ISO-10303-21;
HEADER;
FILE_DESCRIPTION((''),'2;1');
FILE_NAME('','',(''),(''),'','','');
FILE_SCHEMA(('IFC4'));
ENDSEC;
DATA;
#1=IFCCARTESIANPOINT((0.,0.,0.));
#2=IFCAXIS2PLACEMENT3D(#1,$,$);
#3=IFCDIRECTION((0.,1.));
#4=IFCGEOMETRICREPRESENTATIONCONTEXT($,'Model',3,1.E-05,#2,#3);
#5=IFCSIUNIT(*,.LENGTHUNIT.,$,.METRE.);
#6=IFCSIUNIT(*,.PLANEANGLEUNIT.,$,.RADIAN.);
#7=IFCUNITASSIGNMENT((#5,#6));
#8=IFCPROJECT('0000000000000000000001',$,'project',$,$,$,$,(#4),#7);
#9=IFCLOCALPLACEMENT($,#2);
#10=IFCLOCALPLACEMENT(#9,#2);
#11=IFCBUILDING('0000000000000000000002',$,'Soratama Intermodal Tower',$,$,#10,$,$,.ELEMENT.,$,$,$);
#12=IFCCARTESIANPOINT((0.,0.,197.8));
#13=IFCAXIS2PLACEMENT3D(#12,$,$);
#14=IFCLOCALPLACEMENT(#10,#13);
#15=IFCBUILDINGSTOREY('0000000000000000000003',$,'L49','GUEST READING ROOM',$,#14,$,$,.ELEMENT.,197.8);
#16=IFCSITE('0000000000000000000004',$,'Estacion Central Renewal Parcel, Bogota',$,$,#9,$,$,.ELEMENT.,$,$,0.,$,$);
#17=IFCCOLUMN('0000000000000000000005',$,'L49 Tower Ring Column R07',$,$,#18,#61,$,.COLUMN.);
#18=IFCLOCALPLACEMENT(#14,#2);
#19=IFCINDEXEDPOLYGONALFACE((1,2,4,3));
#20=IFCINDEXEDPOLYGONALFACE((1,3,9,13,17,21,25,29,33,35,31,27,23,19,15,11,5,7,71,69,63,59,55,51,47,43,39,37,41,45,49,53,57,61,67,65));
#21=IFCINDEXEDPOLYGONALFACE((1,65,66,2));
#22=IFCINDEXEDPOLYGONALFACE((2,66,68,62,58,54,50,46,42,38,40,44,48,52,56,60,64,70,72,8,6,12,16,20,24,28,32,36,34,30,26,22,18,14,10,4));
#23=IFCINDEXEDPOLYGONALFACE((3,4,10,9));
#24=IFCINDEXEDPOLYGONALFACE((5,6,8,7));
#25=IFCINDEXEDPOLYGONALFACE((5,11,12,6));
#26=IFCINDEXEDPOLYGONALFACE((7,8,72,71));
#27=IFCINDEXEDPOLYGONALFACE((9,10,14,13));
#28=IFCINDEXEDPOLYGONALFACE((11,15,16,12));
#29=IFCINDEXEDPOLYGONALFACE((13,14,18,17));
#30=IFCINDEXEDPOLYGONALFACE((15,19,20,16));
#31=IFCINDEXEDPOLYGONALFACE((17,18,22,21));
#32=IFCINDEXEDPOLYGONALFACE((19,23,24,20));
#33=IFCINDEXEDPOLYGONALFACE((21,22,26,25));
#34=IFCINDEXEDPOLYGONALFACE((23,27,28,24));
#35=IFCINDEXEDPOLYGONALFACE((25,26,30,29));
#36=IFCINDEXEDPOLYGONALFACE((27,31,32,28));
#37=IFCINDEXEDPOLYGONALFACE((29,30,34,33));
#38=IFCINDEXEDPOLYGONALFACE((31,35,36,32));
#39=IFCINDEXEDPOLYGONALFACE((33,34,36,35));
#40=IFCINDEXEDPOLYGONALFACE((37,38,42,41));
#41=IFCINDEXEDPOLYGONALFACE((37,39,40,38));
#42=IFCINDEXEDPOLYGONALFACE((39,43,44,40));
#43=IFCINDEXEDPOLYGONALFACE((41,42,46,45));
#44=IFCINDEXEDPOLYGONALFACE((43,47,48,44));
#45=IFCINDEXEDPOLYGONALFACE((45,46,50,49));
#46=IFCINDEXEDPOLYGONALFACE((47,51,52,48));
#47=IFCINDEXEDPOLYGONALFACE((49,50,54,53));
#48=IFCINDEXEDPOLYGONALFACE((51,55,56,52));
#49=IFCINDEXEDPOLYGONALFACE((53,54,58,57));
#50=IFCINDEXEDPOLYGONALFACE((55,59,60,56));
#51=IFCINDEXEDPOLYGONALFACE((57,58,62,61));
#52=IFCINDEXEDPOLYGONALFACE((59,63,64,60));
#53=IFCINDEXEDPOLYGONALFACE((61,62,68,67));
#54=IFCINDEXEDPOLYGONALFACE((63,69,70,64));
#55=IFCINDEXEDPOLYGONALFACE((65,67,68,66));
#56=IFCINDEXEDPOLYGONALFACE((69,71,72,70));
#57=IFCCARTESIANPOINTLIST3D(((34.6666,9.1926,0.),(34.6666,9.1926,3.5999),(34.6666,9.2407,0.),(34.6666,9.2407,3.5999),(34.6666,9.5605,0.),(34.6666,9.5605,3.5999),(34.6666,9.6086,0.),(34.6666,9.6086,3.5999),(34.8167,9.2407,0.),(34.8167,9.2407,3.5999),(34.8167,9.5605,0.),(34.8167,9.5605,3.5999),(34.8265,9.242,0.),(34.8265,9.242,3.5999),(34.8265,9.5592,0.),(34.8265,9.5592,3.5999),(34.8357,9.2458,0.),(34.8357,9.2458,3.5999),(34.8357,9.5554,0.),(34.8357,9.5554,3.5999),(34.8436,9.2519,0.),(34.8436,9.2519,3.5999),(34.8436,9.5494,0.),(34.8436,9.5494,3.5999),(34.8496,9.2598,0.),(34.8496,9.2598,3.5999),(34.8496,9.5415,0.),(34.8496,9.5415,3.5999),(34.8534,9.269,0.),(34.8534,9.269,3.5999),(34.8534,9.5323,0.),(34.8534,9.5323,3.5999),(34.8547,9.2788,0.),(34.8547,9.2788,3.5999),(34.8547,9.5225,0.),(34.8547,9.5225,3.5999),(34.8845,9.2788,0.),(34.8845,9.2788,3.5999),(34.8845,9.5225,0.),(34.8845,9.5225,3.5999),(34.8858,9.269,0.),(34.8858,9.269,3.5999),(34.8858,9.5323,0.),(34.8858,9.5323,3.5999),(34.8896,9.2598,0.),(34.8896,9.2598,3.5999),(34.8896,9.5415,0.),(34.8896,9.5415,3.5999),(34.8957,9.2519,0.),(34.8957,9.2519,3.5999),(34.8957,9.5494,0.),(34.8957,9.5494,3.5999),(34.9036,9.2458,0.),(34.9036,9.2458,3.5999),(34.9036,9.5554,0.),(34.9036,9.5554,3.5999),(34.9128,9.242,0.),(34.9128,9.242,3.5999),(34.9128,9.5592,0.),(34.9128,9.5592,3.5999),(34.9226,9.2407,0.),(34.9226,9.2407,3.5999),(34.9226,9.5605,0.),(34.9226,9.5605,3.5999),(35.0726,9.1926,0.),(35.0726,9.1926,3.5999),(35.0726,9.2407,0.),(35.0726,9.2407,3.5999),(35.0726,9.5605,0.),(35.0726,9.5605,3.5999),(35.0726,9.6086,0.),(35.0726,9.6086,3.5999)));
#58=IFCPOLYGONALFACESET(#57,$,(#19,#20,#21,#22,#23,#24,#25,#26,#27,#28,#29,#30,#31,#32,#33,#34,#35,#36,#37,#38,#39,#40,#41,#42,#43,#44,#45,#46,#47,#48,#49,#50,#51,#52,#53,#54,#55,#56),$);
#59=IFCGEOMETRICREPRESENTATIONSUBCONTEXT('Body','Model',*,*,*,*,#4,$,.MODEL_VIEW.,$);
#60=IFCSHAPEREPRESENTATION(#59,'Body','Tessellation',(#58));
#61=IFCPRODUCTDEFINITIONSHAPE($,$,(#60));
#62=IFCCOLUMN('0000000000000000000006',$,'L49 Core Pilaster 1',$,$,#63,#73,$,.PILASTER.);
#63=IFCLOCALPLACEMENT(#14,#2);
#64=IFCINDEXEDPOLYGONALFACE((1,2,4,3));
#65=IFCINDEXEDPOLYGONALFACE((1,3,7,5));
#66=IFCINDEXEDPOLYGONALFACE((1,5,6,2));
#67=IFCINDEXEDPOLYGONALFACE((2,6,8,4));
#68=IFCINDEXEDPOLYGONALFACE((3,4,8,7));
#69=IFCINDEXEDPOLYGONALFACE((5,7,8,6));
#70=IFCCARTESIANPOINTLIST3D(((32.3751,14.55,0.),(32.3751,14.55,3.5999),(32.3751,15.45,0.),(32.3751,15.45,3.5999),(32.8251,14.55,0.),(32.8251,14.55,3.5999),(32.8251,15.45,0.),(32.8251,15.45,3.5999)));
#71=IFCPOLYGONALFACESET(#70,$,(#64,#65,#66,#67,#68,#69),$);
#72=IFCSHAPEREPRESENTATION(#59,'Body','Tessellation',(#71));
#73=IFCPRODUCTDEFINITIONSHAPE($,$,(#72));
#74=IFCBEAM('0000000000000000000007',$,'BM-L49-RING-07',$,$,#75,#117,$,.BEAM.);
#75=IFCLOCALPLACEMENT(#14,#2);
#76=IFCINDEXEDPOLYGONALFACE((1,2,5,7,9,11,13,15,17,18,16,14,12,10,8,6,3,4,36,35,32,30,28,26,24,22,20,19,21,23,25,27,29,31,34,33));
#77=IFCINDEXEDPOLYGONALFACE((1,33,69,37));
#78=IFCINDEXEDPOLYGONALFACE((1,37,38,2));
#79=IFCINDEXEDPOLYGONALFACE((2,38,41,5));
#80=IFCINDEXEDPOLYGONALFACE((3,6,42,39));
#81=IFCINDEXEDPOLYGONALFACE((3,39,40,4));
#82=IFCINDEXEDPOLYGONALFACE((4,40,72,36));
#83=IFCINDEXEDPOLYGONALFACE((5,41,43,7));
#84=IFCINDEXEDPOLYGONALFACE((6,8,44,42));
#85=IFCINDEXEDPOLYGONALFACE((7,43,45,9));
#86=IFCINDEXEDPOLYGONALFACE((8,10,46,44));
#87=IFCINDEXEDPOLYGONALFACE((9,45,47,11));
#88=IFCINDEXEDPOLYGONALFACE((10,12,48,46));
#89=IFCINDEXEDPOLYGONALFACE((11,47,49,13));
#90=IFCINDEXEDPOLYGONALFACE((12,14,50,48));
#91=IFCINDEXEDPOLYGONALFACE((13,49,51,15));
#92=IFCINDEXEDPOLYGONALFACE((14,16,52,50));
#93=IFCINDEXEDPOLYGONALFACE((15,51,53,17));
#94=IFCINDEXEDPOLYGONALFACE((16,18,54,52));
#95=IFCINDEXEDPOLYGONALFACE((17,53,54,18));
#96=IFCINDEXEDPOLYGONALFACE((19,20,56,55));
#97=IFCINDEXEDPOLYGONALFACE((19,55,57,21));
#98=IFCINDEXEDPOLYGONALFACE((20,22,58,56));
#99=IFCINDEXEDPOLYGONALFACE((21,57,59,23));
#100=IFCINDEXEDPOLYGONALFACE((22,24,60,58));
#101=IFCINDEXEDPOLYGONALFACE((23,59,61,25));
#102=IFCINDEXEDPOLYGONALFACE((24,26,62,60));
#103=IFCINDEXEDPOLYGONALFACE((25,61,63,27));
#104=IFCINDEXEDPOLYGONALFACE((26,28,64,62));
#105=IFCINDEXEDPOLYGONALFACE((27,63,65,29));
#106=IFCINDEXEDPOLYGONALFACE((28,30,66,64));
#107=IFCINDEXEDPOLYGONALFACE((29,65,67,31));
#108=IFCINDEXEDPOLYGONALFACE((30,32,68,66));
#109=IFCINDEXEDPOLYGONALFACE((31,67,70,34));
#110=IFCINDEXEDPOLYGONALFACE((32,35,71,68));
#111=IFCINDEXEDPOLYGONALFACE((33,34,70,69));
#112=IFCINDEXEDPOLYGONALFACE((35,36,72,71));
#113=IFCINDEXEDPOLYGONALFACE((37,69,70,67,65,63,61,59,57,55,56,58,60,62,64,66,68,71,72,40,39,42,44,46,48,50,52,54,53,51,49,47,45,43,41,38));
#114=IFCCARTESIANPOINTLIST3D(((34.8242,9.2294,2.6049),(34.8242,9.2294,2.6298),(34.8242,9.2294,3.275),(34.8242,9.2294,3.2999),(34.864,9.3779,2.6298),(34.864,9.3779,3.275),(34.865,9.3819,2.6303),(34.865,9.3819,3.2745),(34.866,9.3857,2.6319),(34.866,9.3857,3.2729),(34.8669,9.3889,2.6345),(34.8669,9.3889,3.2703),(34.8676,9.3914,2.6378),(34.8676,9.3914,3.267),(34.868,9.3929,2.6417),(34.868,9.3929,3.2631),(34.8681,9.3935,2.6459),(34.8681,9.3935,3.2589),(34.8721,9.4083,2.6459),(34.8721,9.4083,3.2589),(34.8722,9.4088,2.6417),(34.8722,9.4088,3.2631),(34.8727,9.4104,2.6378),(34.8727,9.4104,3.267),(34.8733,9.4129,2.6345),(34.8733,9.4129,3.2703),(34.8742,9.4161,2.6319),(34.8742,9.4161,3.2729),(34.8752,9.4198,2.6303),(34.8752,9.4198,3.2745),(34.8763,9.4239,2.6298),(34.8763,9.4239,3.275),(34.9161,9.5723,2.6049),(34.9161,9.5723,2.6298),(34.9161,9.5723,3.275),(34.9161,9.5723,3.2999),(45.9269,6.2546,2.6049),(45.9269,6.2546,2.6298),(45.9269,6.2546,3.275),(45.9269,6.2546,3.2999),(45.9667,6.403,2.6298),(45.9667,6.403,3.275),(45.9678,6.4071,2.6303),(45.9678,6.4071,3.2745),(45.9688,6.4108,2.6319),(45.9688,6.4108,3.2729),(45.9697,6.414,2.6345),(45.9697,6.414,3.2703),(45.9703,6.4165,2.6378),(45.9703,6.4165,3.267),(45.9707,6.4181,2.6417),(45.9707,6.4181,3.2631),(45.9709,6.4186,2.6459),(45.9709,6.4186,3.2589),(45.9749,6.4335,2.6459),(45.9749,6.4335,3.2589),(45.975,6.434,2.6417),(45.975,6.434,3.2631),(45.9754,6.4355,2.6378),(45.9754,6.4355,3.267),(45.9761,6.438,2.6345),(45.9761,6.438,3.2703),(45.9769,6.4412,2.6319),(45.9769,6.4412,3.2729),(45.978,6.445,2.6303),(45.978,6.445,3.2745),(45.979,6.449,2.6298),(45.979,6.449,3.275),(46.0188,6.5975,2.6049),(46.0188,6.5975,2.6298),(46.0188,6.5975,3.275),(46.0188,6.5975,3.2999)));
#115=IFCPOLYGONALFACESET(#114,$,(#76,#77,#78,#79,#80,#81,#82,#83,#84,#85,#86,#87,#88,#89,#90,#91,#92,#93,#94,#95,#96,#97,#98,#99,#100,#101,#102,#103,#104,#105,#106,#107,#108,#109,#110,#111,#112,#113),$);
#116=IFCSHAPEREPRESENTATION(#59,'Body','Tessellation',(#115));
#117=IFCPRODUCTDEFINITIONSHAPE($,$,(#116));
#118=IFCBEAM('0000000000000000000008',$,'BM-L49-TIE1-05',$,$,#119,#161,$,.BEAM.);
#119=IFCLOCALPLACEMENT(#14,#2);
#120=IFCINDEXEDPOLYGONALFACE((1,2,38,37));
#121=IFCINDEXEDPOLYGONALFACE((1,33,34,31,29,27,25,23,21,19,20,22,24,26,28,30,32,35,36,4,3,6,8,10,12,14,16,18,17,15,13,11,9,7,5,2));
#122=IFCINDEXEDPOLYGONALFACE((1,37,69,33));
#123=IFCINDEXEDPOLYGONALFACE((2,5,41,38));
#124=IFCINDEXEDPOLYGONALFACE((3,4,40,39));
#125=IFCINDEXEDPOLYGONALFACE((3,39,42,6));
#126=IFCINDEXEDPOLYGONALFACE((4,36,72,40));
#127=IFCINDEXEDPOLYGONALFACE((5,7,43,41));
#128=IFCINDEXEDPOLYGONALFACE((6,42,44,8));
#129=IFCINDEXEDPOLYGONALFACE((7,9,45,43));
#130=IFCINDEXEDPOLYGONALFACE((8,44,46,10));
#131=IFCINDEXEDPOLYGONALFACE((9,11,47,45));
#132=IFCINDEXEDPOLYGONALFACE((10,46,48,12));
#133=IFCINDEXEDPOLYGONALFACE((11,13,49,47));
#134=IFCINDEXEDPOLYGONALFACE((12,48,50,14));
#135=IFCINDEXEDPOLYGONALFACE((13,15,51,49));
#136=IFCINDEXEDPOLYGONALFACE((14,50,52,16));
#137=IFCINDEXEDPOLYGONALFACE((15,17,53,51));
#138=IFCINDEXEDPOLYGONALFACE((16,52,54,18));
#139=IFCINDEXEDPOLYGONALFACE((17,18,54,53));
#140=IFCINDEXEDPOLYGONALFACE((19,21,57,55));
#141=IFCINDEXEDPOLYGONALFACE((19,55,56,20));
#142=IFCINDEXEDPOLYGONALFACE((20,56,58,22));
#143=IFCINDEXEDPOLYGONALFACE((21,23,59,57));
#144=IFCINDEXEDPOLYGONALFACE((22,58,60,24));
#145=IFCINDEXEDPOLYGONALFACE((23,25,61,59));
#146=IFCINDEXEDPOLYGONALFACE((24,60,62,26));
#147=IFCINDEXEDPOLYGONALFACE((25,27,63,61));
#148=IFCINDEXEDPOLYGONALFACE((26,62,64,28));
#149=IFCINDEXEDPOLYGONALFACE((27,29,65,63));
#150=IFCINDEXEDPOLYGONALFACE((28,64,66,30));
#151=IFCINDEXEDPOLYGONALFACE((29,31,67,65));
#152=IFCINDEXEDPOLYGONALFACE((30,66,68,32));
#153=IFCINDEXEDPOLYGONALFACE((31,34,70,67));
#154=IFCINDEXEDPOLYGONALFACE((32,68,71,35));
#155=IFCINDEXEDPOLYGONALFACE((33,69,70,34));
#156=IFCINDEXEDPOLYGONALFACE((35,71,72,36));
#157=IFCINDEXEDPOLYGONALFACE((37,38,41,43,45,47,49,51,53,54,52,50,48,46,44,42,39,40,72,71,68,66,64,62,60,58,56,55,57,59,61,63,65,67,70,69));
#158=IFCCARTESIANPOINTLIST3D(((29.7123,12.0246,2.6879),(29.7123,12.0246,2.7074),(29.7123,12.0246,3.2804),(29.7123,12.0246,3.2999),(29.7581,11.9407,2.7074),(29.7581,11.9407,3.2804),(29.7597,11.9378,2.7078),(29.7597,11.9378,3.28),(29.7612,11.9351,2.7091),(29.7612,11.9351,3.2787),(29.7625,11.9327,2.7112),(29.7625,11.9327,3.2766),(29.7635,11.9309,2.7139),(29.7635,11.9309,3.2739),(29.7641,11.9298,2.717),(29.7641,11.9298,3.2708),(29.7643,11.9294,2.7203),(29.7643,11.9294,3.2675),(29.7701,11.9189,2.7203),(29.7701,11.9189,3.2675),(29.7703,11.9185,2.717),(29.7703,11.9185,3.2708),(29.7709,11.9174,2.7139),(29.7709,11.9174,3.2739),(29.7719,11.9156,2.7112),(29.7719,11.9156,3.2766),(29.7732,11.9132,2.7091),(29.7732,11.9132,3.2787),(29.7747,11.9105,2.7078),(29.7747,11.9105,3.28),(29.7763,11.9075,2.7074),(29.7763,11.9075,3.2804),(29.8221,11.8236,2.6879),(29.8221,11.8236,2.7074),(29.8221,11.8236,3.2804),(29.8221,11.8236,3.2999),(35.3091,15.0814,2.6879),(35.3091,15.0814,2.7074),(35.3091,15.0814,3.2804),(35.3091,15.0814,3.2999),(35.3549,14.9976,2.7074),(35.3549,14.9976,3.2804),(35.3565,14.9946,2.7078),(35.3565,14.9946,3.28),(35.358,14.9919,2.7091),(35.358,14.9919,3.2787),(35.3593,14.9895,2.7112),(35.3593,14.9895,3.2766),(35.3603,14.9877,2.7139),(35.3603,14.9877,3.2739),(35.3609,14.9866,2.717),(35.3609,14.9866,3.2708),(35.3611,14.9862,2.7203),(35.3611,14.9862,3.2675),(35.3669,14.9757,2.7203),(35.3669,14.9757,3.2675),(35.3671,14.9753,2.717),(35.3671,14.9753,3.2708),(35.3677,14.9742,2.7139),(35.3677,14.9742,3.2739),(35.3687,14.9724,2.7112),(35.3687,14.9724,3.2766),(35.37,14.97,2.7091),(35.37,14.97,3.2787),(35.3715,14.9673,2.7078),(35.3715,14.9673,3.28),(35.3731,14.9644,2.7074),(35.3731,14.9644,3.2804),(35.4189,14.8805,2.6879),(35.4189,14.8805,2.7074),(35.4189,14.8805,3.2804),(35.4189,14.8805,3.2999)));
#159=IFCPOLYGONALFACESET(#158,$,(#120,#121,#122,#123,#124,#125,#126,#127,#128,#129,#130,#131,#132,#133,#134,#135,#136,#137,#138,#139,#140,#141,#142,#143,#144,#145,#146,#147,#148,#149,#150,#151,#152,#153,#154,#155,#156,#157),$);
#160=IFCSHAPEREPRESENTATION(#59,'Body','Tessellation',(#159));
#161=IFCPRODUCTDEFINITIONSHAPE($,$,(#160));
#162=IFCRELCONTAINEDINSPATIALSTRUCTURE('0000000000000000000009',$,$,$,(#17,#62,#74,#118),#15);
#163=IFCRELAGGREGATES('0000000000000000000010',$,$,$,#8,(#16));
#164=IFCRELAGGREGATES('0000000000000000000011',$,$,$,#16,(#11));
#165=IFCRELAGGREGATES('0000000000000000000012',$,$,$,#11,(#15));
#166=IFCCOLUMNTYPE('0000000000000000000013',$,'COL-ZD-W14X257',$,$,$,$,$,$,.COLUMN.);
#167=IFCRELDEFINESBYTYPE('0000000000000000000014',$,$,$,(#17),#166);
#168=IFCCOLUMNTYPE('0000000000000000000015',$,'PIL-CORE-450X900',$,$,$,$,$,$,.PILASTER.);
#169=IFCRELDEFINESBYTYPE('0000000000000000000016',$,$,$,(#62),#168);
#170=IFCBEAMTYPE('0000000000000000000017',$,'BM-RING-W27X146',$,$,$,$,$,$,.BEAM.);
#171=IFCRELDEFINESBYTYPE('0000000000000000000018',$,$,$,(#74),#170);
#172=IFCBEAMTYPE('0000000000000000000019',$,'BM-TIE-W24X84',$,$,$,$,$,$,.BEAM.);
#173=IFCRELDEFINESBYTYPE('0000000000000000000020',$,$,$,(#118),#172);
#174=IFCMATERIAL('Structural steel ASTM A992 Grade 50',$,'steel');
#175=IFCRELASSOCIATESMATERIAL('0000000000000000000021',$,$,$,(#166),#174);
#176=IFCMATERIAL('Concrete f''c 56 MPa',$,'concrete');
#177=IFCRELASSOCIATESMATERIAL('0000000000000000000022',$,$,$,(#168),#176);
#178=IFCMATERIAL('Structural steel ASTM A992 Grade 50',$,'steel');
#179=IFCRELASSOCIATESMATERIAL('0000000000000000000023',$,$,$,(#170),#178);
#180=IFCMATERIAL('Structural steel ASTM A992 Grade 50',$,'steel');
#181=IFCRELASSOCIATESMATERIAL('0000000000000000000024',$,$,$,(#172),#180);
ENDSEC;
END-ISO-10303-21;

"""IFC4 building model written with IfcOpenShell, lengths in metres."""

from ifc_helpers import new_model, si_unit, direction, frame, origin, origin_2d, place, context, subcontext, project, spatial, rectangle, i_section, extrude, material, material_profile, profile_set, type_object, element, save


model = new_model("IFC4")

# Units and contexts
model_context = context("Model", 3, precision=1e-05, world=origin(), true_north=direction((0.0, 1.0)))
body_context = subcontext(model_context, "Body", "Model", "MODEL_VIEW")
ifc_project = project(units=[si_unit("LENGTHUNIT", "METRE"), si_unit("PLANEANGLEUNIT", "RADIAN")], contexts=[model_context])

# Site, building, storey
site_placement = place(None, origin())
site = spatial("IfcSite", under=ifc_project, at=site_placement, Name="Estacion Central Renewal Parcel, Bogota", CompositionType="ELEMENT", RefElevation=0.0)
building_placement = place(site_placement, origin())
building = spatial("IfcBuilding", under=site, at=building_placement, Name="Soratama Intermodal Tower", CompositionType="ELEMENT")
storey_placement = place(building_placement, frame((0.0, 0.0, 197.8)))
storey = spatial("IfcBuildingStorey", under=building, at=storey_placement, Name="L49", Description="GUEST READING ROOM", CompositionType="ELEMENT", Elevation=197.8)

# Columns
ifc_material_1 = material(Name="Structural steel ASTM A992 Grade 50", Category="steel")
ifc_material_profile_1 = material_profile(ifc_material_1, i_section(OverallWidth=0.406, OverallDepth=0.416, WebThickness=0.0298, FlangeThickness=0.0481, FilletRadius=0.0381, at=origin_2d()), Name="W14X257")
ifc_profile_set_1 = profile_set([ifc_material_profile_1], Name="Structural steel ASTM A992 Grade 50")
column_type_1 = type_object("IfcColumnType", Name="COL-ZD-W14X257", PredefinedType="COLUMN", material=ifc_profile_set_1)
column_1_placement = place(storey_placement, frame((34.8696, 9.4006, 0.0), z_axis=(0.0, 0.0, 1.0), x_axis=(1.0, 0.0, 0.0)))
element("IfcColumn", 1, at=column_1_placement, inside=storey, type_object=column_type_1, Name="L49 Tower Ring Column R07", PredefinedType="COLUMN", context=body_context, shape_type="SweptSolid", body=[
    extrude(i_section(OverallWidth=0.406, OverallDepth=0.416, WebThickness=0.0298, FlangeThickness=0.0481, FilletRadius=0.0381, at=origin_2d()), origin(), (0.0, 0.0, 1.0), 3.5999),
])
ifc_material_2 = material(Name="Concrete f'c 56 MPa", Category="concrete")
ifc_material_profile_2 = material_profile(ifc_material_2, rectangle(XDim=0.45, YDim=0.8999, at=origin_2d()), Name="RC450X900")
ifc_profile_set_2 = profile_set([ifc_material_profile_2], Name="Concrete f'c 56 MPa")
column_type_2 = type_object("IfcColumnType", Name="PIL-CORE-450X900", PredefinedType="PILASTER", material=ifc_profile_set_2)
column_2_placement = place(storey_placement, frame((32.6001, 15.0, 0.0), z_axis=(0.0, 0.0, 1.0), x_axis=(1.0, 0.0, 0.0)))
element("IfcColumn", 2, at=column_2_placement, inside=storey, type_object=column_type_2, Name="L49 Core Pilaster 1", PredefinedType="PILASTER", context=body_context, shape_type="SweptSolid", body=[
    extrude(rectangle(XDim=0.45, YDim=0.8999, at=origin_2d()), origin(), (0.0, 0.0, 1.0), 3.5999),
])

# Beams
ifc_material_3 = material(Name="Structural steel ASTM A992 Grade 50", Category="steel")
ifc_material_profile_3 = material_profile(ifc_material_3, i_section(OverallWidth=0.355, OverallDepth=0.6951, WebThickness=0.0154, FlangeThickness=0.0249, FilletRadius=0.0161, at=origin_2d()), Name="W27X146")
ifc_profile_set_3 = profile_set([ifc_material_profile_3], Name="Structural steel ASTM A992 Grade 50")
beam_type_1 = type_object("IfcBeamType", Name="BM-RING-W27X146", PredefinedType="BEAM", material=ifc_profile_set_3)
beam_1_placement = place(storey_placement, frame((34.8701, 9.4009, 2.9524), z_axis=(0.965929, -0.258809, 0.0), x_axis=(0.258809, 0.965929, 0.0)))
element("IfcBeam", 3, at=beam_1_placement, inside=storey, type_object=beam_type_1, Name="BM-L49-RING-07", PredefinedType="BEAM", context=body_context, shape_type="SweptSolid", body=[
    extrude(i_section(OverallWidth=0.355, OverallDepth=0.6951, WebThickness=0.0154, FlangeThickness=0.0249, FilletRadius=0.0161, at=origin_2d()), origin(), (0.0, 0.0, 1.0), 11.4944),
])
ifc_material_4 = material(Name="Structural steel ASTM A992 Grade 50", Category="steel")
ifc_material_profile_4 = material_profile(ifc_material_4, i_section(OverallWidth=0.229, OverallDepth=0.6121, WebThickness=0.012, FlangeThickness=0.0195, FilletRadius=0.0129, at=origin_2d()), Name="W24X84")
ifc_profile_set_4 = profile_set([ifc_material_profile_4], Name="Structural steel ASTM A992 Grade 50")
beam_type_2 = type_object("IfcBeamType", Name="BM-TIE-W24X84", PredefinedType="BEAM", material=ifc_profile_set_4)
beam_2_placement = place(storey_placement, frame((35.364, 14.981, 2.9939), z_axis=(-0.877631, -0.479338, 0.0), x_axis=(0.479338, -0.877631, 0.0)))
element("IfcBeam", 4, at=beam_2_placement, inside=storey, type_object=beam_type_2, Name="BM-L49-TIE1-05", PredefinedType="BEAM", context=body_context, shape_type="SweptSolid", body=[
    extrude(i_section(OverallWidth=0.229, OverallDepth=0.6121, WebThickness=0.012, FlangeThickness=0.0195, FilletRadius=0.0129, at=origin_2d()), origin(), (0.0, 0.0, 1.0), 6.3772),
])

save(model, "model.ifc")
